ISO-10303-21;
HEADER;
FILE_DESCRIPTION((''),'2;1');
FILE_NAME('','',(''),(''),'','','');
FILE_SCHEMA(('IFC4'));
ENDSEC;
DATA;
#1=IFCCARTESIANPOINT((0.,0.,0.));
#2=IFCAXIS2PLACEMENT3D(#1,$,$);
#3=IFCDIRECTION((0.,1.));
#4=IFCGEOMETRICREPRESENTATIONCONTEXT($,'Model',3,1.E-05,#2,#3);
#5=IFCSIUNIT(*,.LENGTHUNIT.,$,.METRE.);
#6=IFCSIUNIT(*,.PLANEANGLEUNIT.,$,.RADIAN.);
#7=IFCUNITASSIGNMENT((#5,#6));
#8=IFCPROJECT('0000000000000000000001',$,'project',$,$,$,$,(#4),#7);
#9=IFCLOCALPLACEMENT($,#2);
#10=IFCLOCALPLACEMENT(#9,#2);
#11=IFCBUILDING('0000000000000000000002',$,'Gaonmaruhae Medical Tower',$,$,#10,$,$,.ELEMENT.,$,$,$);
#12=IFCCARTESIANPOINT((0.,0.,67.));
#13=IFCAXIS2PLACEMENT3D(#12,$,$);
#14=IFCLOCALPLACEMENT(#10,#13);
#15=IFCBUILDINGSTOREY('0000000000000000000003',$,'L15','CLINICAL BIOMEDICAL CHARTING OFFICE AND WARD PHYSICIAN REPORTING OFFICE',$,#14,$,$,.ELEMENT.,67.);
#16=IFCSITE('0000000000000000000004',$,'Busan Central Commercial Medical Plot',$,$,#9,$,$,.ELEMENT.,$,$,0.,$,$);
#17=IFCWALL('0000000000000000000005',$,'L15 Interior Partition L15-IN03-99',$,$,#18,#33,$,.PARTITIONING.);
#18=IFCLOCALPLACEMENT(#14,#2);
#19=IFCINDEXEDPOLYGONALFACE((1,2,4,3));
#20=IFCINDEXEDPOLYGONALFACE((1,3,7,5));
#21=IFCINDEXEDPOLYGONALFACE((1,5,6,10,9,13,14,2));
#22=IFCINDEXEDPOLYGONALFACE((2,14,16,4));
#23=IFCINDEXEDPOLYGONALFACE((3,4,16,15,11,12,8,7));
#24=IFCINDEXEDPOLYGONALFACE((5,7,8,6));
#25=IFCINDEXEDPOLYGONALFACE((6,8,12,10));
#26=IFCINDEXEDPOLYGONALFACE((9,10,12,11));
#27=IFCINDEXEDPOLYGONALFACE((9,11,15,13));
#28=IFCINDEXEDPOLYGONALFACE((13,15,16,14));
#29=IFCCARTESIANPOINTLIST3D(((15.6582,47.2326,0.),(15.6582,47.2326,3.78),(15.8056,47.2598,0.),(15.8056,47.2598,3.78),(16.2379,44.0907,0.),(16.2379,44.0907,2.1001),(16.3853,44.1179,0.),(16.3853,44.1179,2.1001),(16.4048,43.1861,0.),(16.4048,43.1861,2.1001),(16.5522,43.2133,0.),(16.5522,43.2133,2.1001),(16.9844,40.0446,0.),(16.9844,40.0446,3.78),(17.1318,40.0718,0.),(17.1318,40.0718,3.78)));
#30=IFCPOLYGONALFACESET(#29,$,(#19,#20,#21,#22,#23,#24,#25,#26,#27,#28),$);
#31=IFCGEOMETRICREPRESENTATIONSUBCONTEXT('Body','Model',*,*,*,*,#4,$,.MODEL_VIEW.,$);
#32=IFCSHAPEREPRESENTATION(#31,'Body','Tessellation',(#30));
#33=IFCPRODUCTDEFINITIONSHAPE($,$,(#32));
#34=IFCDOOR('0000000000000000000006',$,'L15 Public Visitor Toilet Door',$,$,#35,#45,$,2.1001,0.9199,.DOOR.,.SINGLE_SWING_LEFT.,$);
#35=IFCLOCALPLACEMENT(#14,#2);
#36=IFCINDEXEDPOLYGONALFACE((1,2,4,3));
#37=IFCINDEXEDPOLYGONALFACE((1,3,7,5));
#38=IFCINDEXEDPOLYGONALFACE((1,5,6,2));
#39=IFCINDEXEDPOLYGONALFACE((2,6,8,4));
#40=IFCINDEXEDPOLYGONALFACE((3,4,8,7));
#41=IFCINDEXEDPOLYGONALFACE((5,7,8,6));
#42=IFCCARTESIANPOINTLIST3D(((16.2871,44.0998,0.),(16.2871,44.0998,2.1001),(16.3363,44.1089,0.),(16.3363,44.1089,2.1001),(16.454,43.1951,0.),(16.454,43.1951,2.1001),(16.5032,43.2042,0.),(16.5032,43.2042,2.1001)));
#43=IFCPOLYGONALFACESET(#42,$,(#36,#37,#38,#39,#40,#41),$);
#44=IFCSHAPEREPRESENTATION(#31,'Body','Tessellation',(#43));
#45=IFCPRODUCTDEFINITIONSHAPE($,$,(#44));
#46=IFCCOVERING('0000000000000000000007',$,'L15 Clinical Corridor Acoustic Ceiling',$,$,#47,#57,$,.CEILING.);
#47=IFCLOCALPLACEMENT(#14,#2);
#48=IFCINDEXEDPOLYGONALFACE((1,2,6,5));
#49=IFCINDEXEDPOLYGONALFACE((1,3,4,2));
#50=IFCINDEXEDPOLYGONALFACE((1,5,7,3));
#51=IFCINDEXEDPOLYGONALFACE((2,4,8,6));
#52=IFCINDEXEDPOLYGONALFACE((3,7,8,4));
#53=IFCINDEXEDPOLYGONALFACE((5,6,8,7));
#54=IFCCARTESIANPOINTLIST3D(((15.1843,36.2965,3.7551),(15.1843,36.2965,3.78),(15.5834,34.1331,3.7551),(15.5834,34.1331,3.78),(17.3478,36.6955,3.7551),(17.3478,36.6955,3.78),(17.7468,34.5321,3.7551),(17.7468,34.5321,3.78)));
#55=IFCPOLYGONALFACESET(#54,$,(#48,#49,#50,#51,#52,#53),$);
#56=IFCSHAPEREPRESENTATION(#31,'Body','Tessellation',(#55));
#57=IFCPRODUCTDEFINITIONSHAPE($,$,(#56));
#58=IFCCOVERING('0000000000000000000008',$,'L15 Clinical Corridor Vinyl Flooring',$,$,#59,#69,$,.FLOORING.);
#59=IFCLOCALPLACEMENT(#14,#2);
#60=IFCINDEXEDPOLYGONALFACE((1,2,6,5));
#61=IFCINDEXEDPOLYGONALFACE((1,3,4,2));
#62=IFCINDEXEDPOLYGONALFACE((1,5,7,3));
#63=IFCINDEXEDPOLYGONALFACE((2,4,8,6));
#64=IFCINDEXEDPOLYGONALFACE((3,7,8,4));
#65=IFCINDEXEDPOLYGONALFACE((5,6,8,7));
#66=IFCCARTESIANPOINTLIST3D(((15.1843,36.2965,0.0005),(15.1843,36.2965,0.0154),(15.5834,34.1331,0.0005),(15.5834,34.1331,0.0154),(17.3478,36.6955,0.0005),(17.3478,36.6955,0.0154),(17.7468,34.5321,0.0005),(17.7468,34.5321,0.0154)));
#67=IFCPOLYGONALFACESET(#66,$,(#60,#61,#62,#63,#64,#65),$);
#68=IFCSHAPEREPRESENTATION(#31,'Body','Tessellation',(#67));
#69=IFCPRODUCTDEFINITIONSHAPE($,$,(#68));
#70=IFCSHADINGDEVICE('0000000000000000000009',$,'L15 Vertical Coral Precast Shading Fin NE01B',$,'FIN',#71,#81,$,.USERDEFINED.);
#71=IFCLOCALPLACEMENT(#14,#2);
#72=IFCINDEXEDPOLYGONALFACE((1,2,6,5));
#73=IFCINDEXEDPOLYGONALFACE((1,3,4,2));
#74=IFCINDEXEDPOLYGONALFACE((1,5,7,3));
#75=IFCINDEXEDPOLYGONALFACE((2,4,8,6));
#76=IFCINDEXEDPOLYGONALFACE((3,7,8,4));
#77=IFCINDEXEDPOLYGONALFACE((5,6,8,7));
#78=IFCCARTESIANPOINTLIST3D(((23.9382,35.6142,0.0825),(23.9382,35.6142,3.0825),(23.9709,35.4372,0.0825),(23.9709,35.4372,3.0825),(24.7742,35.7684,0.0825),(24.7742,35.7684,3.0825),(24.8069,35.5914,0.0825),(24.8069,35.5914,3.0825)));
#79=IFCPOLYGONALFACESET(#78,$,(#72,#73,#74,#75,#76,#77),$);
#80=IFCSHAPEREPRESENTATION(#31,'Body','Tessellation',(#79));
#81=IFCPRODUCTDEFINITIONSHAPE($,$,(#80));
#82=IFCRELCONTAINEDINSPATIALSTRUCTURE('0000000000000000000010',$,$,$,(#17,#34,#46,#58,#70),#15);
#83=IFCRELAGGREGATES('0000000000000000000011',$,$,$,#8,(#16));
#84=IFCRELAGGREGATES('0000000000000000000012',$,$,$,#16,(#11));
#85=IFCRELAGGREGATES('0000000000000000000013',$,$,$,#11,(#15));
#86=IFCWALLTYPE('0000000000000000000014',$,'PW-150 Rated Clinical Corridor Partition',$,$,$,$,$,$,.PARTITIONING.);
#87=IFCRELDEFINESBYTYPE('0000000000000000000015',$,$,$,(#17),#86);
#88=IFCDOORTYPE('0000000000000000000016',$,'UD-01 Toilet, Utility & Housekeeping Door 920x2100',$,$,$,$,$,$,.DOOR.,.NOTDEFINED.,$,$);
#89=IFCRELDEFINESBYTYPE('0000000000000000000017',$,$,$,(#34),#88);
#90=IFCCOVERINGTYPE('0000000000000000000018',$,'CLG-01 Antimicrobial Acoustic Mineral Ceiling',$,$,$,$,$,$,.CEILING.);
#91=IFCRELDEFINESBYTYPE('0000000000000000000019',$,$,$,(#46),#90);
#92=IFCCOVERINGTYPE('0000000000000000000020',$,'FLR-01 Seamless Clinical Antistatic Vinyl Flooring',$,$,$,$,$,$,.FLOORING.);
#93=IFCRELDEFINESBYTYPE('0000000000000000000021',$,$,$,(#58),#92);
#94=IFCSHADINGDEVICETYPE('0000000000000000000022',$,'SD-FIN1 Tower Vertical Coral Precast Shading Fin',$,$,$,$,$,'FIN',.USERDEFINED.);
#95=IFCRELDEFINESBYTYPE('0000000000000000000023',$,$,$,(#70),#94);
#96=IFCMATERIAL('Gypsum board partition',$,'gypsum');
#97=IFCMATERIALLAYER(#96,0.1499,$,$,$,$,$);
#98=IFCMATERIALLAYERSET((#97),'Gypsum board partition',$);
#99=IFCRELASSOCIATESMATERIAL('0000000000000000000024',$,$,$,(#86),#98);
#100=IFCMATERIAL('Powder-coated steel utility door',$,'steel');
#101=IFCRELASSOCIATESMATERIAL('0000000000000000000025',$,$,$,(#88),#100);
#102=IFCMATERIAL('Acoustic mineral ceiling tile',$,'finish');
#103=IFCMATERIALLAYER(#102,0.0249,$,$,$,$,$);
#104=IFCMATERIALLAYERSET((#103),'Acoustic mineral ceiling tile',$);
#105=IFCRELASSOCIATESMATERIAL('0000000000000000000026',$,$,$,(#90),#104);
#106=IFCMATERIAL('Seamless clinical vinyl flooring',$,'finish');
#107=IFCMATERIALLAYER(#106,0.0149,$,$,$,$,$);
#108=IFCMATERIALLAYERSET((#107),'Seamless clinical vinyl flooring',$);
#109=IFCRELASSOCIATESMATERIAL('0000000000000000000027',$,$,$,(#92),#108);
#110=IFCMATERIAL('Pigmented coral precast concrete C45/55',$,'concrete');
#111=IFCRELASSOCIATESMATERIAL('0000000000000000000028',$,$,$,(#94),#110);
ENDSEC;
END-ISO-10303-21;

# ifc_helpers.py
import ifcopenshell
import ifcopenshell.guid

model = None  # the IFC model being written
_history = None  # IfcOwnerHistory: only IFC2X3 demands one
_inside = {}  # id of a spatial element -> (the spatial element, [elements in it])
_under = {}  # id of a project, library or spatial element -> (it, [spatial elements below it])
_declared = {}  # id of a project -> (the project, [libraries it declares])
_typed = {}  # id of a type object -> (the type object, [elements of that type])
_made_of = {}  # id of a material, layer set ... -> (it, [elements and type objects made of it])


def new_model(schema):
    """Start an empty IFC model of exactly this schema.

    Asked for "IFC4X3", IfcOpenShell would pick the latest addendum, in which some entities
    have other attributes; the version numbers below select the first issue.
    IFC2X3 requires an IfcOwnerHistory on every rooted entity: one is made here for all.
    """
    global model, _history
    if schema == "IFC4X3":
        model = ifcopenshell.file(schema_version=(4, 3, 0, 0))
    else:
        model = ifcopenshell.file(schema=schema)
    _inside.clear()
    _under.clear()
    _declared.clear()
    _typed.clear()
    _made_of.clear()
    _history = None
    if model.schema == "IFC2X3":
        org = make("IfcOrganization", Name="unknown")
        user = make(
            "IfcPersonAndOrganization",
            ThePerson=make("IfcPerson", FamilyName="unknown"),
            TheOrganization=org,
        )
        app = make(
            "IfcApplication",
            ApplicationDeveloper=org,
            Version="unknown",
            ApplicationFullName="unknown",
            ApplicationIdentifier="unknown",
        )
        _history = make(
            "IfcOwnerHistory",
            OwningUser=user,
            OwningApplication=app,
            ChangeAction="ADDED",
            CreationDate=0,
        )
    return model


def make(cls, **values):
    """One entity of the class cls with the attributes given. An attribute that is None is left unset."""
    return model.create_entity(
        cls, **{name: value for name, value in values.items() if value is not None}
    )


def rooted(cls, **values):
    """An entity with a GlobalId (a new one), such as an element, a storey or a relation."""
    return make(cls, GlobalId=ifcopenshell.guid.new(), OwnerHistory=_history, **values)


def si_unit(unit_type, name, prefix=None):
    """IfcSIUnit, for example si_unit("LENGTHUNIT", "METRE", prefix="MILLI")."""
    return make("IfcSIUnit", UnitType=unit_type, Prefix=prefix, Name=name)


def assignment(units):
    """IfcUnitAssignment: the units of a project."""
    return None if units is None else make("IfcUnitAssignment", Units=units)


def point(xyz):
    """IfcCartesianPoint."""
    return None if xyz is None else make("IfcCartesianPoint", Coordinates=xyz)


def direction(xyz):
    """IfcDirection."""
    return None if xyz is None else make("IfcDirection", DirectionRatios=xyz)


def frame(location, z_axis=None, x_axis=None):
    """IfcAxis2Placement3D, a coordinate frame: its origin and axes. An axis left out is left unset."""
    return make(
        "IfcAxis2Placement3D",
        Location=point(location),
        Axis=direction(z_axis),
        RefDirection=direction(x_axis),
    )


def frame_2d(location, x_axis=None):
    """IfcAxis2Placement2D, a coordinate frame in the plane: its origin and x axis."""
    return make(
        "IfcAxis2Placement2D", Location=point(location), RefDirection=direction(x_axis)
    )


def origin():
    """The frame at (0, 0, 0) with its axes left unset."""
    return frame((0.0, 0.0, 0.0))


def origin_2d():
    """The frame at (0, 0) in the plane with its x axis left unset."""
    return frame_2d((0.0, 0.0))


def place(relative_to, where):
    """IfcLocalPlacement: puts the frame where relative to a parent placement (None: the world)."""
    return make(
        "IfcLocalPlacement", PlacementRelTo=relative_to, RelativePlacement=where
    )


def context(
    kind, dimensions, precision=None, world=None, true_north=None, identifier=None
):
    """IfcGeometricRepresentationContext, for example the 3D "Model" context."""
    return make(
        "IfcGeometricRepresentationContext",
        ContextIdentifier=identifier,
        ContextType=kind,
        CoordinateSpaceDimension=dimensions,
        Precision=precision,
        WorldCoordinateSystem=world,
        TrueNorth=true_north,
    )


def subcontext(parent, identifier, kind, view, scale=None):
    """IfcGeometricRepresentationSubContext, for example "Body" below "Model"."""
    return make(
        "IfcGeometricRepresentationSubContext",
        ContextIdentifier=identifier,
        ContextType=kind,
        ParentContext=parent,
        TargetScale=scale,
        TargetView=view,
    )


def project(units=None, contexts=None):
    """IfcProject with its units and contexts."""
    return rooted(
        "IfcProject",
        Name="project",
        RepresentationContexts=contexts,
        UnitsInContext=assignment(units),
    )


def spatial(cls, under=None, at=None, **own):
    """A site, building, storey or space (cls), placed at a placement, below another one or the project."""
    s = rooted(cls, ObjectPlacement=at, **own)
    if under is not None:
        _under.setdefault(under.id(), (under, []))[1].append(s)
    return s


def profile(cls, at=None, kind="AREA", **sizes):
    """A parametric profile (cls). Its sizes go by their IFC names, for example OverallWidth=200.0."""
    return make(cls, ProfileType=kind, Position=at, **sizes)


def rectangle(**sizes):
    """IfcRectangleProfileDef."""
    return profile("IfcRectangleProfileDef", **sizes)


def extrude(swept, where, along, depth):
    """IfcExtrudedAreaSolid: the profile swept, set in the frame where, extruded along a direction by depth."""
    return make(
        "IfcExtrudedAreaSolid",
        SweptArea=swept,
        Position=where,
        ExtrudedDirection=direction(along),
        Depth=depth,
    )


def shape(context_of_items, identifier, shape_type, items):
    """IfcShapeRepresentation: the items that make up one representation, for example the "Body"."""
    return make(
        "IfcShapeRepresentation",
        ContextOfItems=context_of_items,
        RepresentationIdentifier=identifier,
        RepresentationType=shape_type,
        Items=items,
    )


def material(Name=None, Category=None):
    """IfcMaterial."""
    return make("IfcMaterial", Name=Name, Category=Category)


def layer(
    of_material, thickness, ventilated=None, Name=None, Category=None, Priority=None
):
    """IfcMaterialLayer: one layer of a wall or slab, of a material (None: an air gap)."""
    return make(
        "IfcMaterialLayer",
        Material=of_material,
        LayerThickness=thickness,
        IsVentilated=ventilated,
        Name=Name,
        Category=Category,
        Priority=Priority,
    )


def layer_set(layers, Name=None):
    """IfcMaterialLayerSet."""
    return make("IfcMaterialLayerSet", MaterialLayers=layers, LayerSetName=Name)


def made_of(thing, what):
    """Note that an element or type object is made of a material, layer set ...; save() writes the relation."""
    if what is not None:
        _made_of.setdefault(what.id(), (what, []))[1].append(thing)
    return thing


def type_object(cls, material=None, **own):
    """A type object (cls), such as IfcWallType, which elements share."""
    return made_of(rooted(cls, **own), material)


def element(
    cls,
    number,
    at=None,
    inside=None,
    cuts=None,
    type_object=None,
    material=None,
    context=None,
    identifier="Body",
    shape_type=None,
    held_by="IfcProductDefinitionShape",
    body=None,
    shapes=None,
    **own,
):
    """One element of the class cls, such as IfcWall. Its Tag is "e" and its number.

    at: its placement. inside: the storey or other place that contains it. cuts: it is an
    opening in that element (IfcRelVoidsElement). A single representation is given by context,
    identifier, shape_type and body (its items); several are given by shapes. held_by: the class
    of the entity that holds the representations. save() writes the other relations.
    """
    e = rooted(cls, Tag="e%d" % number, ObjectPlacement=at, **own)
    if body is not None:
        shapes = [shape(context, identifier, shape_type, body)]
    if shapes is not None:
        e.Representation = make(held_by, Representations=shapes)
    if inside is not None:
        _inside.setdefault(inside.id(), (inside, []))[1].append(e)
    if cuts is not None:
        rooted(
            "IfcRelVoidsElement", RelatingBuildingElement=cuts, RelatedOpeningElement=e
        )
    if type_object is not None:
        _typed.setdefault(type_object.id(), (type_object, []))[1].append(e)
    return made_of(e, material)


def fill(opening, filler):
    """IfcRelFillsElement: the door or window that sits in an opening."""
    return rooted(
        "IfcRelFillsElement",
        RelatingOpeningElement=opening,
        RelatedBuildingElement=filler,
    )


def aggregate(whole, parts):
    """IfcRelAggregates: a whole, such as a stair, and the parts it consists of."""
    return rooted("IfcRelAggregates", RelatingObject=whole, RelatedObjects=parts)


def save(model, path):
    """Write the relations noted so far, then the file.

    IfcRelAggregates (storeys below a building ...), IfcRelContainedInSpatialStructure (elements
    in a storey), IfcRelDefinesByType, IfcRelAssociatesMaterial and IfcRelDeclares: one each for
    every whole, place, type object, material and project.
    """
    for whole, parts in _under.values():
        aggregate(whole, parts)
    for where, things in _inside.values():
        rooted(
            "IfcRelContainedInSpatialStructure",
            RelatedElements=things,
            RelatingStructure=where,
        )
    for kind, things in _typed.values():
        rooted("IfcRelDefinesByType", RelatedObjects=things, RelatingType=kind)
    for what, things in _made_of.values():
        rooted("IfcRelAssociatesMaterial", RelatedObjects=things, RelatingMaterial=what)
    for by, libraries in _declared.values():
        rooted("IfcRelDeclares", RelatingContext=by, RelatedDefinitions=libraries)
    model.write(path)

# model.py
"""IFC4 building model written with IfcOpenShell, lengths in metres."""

from ifc_helpers import new_model, si_unit, direction, frame, frame_2d, origin, origin_2d, place, context, subcontext, project, spatial, rectangle, extrude, material, layer, layer_set, type_object, element, fill, save


model = new_model("IFC4")

# Units and contexts
model_context = context("Model", 3, precision=1e-05, world=origin(), true_north=direction((0.0, 1.0)))
body_context = subcontext(model_context, "Body", "Model", "MODEL_VIEW")
ifc_project = project(units=[si_unit("LENGTHUNIT", "METRE"), si_unit("PLANEANGLEUNIT", "RADIAN")], contexts=[model_context])

# Site, building, storey
site_placement = place(None, origin())
site = spatial("IfcSite", under=ifc_project, at=site_placement, Name="Busan Central Commercial Medical Plot", CompositionType="ELEMENT", RefElevation=0.0)
building_placement = place(site_placement, origin())
building = spatial("IfcBuilding", under=site, at=building_placement, Name="Gaonmaruhae Medical Tower", CompositionType="ELEMENT")
storey_placement = place(building_placement, frame((0.0, 0.0, 67.0)))
storey = spatial("IfcBuildingStorey", under=building, at=storey_placement, Name="L15", Description="CLINICAL BIOMEDICAL CHARTING OFFICE AND WARD PHYSICIAN REPORTING OFFICE", CompositionType="ELEMENT", Elevation=67.0)

# Shared definitions
ifc_material_1 = material(Name="Gypsum board partition", Category="gypsum")
ifc_layer_1 = layer(ifc_material_1, 0.1499)
ifc_layer_set_1 = layer_set([ifc_layer_1], Name="Gypsum board partition")
wall_type_1 = type_object("IfcWallType", Name="PW-150 Rated Clinical Corridor Partition", PredefinedType="PARTITIONING", material=ifc_layer_set_1)

# Shared definitions
ifc_material_2 = material(Name="Powder-coated steel utility door", Category="steel")
door_type_1 = type_object("IfcDoorType", Name="UD-01 Toilet, Utility & Housekeeping Door 920x2100", OperationType="NOTDEFINED", PredefinedType="DOOR", material=ifc_material_2)

# Wall, opening, door
wall_1_placement = place(storey_placement, frame((17.0581, 40.0581, 0.0), z_axis=(0.0, 0.0, 1.0), x_axis=(-0.181436, 0.983403, 0.0)))
wall_1 = element("IfcWall", 1, at=wall_1_placement, inside=storey, type_object=wall_type_1, Name="L15 Interior Partition L15-IN03-99", PredefinedType="PARTITIONING", context=body_context, shape_type="SweptSolid", body=[
    extrude(rectangle(XDim=7.3093, YDim=0.1499, at=frame_2d((3.6548, 0.0))), origin(), (0.0, 0.0, 1.0), 3.78),
])
opening_1_placement = place(wall_1_placement, frame((3.1946, 0.0, 0.0)))
opening_1 = element("IfcOpeningElement", 2, at=opening_1_placement, cuts=wall_1, PredefinedType="OPENING", context=body_context, shape_type="SweptSolid", body=[
    extrude(rectangle(XDim=0.9199, YDim=2.1001, at=frame_2d((0.46, 1.05))), frame((0.0, 0.085, 0.0), z_axis=(0.0, -1.0, 0.0), x_axis=(1.0, 0.0, 0.0)), (0.0, 0.0, 1.0), 0.1699),
])
door_1_placement = place(opening_1_placement, origin())
door_1 = element("IfcDoor", 3, at=door_1_placement, inside=storey, type_object=door_type_1, Name="L15 Public Visitor Toilet Door", OperationType="SINGLE_SWING_LEFT", OverallHeight=2.1001, OverallWidth=0.9199, PredefinedType="DOOR", context=body_context, shape_type="SweptSolid", body=[
    extrude(rectangle(XDim=0.9199, YDim=2.1001, at=frame_2d((0.46, 1.05))), frame((0.0, 0.0249, 0.0), z_axis=(0.0, -1.0, 0.0), x_axis=(1.0, 0.0, 0.0)), (0.0, 0.0, 1.0), 0.05),
])
fill(opening_1, door_1)

# Coverings
ifc_material_3 = material(Name="Acoustic mineral ceiling tile", Category="finish")
ifc_layer_2 = layer(ifc_material_3, 0.0249)
ifc_layer_set_2 = layer_set([ifc_layer_2], Name="Acoustic mineral ceiling tile")
covering_type_1 = type_object("IfcCoveringType", Name="CLG-01 Antimicrobial Acoustic Mineral Ceiling", PredefinedType="CEILING", material=ifc_layer_set_2)
covering_1_placement = place(storey_placement, frame((16.4656, 35.4143, 3.7551), z_axis=(0.0, 0.0, 1.0), x_axis=(0.983414, 0.181377, 0.0)))
element("IfcCovering", 4, at=covering_1_placement, inside=storey, type_object=covering_type_1, Name="L15 Clinical Corridor Acoustic Ceiling", PredefinedType="CEILING", context=body_context, shape_type="SweptSolid", body=[
    extrude(rectangle(XDim=2.2, YDim=2.2, at=origin_2d()), origin(), (0.0, 0.0, 1.0), 0.0249),
])
ifc_material_4 = material(Name="Seamless clinical vinyl flooring", Category="finish")
ifc_layer_3 = layer(ifc_material_4, 0.0149)
ifc_layer_set_3 = layer_set([ifc_layer_3], Name="Seamless clinical vinyl flooring")
covering_type_2 = type_object("IfcCoveringType", Name="FLR-01 Seamless Clinical Antistatic Vinyl Flooring", PredefinedType="FLOORING", material=ifc_layer_set_3)
covering_2_placement = place(storey_placement, frame((16.4656, 35.4143, 0.0005), z_axis=(0.0, 0.0, 1.0), x_axis=(0.983414, 0.181377, 0.0)))
element("IfcCovering", 5, at=covering_2_placement, inside=storey, type_object=covering_type_2, Name="L15 Clinical Corridor Vinyl Flooring", PredefinedType="FLOORING", context=body_context, shape_type="SweptSolid", body=[
    extrude(rectangle(XDim=2.2, YDim=2.2, at=origin_2d()), origin(), (0.0, 0.0, 1.0), 0.0149),
])

# Shading device
ifc_material_5 = material(Name="Pigmented coral precast concrete C45/55", Category="concrete")
shading_device_type = type_object("IfcShadingDeviceType", Name="SD-FIN1 Tower Vertical Coral Precast Shading Fin", ElementType="FIN", PredefinedType="USERDEFINED", material=ifc_material_5)
shading_device_placement = place(storey_placement, frame((24.3726, 35.6028, 0.0825), z_axis=(0.0, 0.0, 1.0), x_axis=(-0.181377, 0.983414, 0.0)))
element("IfcShadingDevice", 6, at=shading_device_placement, inside=storey, type_object=shading_device_type, Name="L15 Vertical Coral Precast Shading Fin NE01B", ObjectType="FIN", PredefinedType="USERDEFINED", context=body_context, shape_type="SweptSolid", body=[
    extrude(rectangle(XDim=0.1799, YDim=0.8501, at=origin_2d()), origin(), (0.0, 0.0, 1.0), 3.0),
])

save(model, "model.ifc")
